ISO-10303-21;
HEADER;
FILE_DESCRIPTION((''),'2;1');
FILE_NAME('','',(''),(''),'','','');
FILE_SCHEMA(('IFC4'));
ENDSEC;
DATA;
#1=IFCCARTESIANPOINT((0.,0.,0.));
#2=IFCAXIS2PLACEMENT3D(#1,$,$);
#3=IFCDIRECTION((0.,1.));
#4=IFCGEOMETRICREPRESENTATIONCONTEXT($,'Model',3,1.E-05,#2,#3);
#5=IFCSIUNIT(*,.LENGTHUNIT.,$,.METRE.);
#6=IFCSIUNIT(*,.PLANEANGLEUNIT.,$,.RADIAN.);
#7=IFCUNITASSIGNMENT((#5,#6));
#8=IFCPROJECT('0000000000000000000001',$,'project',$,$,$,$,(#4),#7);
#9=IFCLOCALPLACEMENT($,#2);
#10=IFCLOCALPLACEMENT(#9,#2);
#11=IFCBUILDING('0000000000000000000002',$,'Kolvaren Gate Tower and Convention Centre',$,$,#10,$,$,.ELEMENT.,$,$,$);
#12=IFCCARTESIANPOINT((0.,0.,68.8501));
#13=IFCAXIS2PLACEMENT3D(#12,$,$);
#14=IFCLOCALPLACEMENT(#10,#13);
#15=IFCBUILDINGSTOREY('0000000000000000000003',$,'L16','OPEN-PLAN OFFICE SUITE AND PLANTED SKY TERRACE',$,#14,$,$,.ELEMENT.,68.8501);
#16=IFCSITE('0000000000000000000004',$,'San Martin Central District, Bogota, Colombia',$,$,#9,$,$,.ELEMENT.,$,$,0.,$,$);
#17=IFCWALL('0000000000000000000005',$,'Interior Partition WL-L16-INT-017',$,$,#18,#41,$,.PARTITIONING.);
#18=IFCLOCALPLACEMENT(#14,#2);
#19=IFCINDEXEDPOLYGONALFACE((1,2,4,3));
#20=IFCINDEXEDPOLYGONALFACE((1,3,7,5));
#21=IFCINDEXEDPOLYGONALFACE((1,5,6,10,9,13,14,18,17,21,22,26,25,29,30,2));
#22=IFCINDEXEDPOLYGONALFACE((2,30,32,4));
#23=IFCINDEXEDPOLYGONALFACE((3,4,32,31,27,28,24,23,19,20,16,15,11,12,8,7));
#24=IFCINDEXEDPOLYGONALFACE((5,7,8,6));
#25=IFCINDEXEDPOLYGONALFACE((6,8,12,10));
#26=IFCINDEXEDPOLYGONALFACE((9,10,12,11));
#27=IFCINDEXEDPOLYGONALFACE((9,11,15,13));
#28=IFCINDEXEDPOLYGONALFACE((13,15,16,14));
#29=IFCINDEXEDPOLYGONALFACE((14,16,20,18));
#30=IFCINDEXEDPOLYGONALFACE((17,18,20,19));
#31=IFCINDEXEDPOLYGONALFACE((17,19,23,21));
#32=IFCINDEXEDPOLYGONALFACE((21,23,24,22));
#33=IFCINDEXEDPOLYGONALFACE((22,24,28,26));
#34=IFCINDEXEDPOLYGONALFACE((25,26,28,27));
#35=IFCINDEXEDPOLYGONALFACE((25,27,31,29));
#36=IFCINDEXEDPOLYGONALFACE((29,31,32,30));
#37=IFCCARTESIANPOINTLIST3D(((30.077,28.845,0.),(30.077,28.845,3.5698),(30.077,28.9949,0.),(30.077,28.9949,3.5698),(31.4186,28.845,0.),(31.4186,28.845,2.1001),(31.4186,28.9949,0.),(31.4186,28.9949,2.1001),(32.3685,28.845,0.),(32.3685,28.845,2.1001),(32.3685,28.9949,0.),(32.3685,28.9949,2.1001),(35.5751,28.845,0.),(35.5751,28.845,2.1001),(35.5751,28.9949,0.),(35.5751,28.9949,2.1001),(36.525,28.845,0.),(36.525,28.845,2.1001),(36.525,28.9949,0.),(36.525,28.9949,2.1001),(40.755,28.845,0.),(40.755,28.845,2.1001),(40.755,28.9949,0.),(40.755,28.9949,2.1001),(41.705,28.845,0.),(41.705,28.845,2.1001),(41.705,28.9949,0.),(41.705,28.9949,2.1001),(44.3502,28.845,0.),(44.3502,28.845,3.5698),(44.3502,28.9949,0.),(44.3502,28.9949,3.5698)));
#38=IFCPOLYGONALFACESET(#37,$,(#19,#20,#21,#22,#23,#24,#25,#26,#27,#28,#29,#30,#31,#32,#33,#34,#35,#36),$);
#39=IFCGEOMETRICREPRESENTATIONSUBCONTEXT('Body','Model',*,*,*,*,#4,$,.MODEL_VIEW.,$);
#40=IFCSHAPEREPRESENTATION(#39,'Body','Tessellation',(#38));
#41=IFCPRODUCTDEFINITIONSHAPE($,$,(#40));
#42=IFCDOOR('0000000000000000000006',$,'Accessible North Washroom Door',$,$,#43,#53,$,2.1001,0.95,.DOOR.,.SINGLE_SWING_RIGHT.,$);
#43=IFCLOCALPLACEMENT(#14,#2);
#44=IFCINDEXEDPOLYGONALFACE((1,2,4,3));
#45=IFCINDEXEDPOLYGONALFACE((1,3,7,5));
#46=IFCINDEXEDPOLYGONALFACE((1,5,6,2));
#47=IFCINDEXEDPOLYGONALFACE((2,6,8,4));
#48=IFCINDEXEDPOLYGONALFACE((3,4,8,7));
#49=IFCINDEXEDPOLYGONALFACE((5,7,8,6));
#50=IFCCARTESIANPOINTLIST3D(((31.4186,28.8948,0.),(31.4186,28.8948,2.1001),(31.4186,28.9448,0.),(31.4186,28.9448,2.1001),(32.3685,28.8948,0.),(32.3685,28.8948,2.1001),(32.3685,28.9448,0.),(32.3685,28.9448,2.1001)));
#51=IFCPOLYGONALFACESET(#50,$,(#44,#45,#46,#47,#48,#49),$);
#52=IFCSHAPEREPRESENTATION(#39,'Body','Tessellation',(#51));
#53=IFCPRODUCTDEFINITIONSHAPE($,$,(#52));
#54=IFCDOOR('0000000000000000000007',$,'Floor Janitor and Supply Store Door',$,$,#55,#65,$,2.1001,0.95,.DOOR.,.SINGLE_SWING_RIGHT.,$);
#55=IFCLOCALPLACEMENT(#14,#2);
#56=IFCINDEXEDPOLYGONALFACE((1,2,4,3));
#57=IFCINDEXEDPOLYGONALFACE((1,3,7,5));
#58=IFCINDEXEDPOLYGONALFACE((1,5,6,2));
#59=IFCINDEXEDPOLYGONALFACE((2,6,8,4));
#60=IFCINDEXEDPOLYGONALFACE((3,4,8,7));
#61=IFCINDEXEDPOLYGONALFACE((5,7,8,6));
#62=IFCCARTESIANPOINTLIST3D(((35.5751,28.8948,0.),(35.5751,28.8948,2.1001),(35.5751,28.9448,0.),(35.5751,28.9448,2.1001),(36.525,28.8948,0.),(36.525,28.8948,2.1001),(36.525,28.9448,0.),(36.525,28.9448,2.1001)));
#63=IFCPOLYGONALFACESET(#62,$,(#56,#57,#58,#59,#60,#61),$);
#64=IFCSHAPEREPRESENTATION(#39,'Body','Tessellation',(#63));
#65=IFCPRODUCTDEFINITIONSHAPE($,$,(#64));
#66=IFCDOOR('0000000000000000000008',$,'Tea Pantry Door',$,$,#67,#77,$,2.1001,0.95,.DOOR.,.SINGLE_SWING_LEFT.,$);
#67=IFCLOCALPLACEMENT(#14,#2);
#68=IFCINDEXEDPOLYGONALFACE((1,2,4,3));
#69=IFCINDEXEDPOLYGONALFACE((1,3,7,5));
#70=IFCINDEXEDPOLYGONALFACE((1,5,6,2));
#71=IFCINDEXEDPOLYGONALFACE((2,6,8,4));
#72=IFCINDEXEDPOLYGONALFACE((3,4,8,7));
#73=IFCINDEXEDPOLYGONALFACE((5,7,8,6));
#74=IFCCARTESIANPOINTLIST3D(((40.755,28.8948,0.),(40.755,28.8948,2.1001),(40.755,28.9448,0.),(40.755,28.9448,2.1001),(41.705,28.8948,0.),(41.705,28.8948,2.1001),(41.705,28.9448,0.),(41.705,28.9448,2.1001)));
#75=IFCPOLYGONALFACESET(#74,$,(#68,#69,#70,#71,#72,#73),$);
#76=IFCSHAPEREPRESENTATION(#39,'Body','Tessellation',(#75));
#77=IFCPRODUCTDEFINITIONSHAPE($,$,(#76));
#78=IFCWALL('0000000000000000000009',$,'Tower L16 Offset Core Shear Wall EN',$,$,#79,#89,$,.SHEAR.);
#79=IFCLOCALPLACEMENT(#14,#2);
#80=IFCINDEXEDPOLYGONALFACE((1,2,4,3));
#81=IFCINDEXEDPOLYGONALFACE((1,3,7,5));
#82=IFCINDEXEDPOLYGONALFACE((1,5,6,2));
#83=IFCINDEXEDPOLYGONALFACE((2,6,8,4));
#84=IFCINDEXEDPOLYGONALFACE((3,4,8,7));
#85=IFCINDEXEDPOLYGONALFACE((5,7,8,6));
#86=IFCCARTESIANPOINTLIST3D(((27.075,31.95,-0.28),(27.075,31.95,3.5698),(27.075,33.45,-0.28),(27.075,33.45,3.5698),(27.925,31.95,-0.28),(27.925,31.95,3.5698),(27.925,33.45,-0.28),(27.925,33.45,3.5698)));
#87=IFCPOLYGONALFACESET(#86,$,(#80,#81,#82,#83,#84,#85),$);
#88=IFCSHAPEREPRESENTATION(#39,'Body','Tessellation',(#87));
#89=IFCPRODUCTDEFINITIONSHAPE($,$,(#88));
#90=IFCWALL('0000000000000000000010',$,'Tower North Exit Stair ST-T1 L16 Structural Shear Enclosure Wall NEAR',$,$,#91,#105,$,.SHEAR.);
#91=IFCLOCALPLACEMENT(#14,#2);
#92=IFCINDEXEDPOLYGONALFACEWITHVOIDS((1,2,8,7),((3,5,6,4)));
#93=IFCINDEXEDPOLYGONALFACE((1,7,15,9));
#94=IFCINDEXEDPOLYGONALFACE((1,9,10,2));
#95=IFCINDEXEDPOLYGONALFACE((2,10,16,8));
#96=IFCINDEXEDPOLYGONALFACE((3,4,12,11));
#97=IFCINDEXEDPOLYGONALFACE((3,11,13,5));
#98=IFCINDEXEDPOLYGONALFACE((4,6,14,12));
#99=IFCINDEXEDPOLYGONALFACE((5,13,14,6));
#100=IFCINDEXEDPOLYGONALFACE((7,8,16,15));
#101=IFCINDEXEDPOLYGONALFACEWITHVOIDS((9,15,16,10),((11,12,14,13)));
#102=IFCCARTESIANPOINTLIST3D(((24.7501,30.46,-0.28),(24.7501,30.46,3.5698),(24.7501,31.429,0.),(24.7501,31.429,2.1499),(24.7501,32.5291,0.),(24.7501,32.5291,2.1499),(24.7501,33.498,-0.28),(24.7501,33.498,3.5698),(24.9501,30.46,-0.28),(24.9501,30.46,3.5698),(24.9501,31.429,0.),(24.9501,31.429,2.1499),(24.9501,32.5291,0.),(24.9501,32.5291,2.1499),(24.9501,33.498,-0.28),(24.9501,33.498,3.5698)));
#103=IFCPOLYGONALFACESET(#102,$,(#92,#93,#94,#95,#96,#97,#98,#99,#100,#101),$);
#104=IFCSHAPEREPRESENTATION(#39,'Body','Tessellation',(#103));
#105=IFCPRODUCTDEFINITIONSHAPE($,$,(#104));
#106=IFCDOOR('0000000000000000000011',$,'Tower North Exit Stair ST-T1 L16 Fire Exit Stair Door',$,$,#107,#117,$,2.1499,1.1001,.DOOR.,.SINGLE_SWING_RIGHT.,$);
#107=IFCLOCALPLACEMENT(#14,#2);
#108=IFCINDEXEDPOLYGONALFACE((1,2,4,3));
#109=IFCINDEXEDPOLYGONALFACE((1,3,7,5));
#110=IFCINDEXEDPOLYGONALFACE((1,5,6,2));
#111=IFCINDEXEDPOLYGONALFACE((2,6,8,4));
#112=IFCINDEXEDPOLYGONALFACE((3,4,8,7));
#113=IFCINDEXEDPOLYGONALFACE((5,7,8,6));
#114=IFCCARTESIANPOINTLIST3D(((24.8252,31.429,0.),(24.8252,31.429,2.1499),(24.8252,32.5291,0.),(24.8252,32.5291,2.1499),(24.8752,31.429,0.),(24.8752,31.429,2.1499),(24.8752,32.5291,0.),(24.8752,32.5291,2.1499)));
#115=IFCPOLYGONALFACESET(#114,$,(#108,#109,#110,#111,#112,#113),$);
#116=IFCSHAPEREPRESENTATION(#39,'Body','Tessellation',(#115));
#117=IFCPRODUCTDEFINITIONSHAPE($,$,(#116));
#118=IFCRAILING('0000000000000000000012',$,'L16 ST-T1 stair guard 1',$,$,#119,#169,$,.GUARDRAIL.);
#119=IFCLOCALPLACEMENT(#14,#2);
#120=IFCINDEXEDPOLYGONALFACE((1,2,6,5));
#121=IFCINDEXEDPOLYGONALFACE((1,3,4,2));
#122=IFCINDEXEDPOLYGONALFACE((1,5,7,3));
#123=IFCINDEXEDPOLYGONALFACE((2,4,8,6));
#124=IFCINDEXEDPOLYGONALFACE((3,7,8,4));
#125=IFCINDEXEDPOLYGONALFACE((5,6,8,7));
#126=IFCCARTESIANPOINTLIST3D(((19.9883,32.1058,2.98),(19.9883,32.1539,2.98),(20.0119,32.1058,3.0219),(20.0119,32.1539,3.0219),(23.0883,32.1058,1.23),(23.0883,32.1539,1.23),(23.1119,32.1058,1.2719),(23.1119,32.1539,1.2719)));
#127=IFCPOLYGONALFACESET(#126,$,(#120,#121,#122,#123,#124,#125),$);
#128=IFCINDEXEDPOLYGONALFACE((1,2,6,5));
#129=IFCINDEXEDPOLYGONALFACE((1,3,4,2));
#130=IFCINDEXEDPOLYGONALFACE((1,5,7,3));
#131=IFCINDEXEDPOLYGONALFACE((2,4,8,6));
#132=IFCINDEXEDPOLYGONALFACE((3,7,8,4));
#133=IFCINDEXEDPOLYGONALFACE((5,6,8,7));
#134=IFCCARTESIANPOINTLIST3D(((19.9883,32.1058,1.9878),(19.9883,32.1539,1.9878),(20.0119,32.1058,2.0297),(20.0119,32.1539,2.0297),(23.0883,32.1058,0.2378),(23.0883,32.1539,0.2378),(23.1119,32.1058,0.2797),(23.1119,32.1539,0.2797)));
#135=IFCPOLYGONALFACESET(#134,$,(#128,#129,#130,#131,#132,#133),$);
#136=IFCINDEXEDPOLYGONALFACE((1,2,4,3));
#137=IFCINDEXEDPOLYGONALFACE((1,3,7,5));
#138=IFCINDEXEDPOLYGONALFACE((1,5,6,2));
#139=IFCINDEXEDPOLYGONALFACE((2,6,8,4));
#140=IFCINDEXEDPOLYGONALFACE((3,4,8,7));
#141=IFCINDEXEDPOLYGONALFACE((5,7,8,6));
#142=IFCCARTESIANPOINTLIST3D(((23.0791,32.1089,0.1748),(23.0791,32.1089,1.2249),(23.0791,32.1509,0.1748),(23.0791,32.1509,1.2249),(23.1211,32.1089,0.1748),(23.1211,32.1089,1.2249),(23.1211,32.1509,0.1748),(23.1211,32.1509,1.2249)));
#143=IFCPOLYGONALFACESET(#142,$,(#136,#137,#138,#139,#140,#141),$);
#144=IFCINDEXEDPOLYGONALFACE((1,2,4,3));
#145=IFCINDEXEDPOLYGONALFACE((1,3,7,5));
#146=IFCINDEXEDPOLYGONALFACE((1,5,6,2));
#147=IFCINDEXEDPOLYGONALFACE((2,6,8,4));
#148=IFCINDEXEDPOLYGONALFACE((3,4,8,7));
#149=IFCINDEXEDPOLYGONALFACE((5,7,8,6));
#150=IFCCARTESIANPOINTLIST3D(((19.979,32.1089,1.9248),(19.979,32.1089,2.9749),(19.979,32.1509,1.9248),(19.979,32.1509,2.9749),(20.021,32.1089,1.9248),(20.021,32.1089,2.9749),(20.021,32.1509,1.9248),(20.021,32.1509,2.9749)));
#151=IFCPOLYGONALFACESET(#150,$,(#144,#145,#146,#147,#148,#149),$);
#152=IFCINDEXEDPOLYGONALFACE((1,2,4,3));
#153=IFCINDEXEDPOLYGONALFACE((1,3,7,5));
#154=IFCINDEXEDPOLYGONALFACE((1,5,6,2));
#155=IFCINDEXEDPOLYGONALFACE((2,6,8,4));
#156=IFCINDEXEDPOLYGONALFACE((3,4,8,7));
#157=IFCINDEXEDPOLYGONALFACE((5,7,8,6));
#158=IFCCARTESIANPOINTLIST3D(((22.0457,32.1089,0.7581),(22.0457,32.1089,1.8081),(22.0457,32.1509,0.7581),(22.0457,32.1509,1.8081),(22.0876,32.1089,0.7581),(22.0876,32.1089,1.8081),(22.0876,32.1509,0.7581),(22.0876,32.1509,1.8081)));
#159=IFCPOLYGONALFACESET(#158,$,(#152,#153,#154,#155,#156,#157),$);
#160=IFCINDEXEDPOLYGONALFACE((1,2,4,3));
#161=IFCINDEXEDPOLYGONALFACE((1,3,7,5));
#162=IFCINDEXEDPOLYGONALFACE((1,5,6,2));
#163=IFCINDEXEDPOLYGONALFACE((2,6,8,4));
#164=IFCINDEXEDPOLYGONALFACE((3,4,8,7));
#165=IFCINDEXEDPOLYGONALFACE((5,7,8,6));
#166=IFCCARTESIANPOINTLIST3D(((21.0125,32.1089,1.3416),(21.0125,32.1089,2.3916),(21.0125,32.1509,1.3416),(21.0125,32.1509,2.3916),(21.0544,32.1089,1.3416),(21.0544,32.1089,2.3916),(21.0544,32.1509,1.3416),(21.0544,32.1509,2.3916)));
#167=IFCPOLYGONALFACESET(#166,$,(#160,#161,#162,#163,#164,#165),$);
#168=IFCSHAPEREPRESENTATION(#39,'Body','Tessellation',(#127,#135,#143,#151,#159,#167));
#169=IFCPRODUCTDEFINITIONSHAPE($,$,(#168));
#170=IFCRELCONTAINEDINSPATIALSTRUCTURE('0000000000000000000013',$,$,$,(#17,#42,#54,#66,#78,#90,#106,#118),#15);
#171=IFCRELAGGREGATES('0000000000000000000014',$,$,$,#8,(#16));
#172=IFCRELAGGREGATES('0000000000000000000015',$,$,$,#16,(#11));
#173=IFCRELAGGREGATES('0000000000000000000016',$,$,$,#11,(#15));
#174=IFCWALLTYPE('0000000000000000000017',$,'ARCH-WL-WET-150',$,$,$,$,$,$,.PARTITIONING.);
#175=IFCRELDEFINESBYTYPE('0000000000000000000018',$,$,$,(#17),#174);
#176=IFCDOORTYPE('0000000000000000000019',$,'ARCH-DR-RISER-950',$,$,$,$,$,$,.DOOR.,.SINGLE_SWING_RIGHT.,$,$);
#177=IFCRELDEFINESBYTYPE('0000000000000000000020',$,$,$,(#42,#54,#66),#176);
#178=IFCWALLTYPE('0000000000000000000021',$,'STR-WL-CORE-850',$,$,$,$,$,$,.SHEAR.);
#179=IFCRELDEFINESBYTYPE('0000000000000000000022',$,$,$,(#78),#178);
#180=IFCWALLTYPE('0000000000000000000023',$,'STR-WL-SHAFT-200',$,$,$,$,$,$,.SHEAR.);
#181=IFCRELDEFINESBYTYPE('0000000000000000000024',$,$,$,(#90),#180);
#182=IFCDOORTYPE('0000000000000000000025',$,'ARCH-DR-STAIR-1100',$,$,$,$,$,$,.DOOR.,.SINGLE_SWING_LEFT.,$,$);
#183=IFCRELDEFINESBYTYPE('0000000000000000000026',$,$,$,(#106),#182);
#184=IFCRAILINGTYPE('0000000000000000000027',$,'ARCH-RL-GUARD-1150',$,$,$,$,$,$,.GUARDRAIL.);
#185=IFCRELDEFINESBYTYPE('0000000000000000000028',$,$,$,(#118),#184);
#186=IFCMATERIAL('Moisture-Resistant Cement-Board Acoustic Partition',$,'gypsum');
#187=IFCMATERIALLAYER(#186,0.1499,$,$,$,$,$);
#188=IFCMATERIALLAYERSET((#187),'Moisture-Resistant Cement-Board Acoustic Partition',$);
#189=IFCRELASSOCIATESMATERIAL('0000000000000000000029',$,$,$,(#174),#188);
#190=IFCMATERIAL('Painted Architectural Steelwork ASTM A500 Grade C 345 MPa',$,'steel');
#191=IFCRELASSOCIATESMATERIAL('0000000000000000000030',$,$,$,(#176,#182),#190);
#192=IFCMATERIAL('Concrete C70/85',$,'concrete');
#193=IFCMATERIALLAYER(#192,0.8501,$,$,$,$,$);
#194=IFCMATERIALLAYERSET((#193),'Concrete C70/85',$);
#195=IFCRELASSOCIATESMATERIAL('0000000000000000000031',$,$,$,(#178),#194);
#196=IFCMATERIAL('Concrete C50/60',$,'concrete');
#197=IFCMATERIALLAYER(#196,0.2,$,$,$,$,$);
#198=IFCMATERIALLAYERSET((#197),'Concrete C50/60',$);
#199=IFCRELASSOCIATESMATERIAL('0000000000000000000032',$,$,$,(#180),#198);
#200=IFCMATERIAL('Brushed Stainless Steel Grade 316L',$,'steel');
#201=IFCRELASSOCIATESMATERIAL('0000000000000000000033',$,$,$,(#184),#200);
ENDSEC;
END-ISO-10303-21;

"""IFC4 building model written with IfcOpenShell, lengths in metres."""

from ifc_helpers import new_model, si_unit, direction, frame, frame_2d, origin, origin_2d, place, context, subcontext, project, spatial, rectangle, extrude, material, layer, layer_set, type_object, element, fill, save


model = new_model("IFC4")

# Units and contexts
model_context = context("Model", 3, precision=1e-05, world=origin(), true_north=direction((0.0, 1.0)))
body_context = subcontext(model_context, "Body", "Model", "MODEL_VIEW")
ifc_project = project(units=[si_unit("LENGTHUNIT", "METRE"), si_unit("PLANEANGLEUNIT", "RADIAN")], contexts=[model_context])

# Site, building, storey
site_placement = place(None, origin())
site = spatial("IfcSite", under=ifc_project, at=site_placement, Name="San Martin Central District, Bogota, Colombia", CompositionType="ELEMENT", RefElevation=0.0)
building_placement = place(site_placement, origin())
building = spatial("IfcBuilding", under=site, at=building_placement, Name="Kolvaren Gate Tower and Convention Centre", CompositionType="ELEMENT")
storey_placement = place(building_placement, frame((0.0, 0.0, 68.8501)))
storey = spatial("IfcBuildingStorey", under=building, at=storey_placement, Name="L16", Description="OPEN-PLAN OFFICE SUITE AND PLANTED SKY TERRACE", CompositionType="ELEMENT", Elevation=68.8501)

# Shared definitions
ifc_material_1 = material(Name="Brushed Stainless Steel Grade 316L", Category="steel")

# Shared definitions
ifc_material_2 = material(Name="Moisture-Resistant Cement-Board Acoustic Partition", Category="gypsum")
ifc_layer_1 = layer(ifc_material_2, 0.1499)
ifc_layer_set_1 = layer_set([ifc_layer_1], Name="Moisture-Resistant Cement-Board Acoustic Partition")
wall_type_1 = type_object("IfcWallType", Name="ARCH-WL-WET-150", PredefinedType="PARTITIONING", material=ifc_layer_set_1)

# Wall, openings, doors
wall_1_placement = place(storey_placement, frame((30.0769, 28.9199, 0.0), z_axis=(0.0, 0.0, 1.0), x_axis=(1.0, 0.0, 0.0)))
wall_1 = element("IfcWall", 1, at=wall_1_placement, inside=storey, type_object=wall_type_1, Name="Interior Partition WL-L16-INT-017", PredefinedType="PARTITIONING", context=body_context, shape_type="SweptSolid", body=[
    extrude(rectangle(XDim=14.2732, YDim=0.1499, at=frame_2d((7.1367, 0.0))), origin(), (0.0, 0.0, 1.0), 3.5698),
])
opening_1_placement = place(wall_1_placement, frame((1.3416, 0.0, 0.0)))
opening_1 = element("IfcOpeningElement", 2, at=opening_1_placement, cuts=wall_1, PredefinedType="OPENING", context=body_context, shape_type="SweptSolid", body=[
    extrude(rectangle(XDim=0.95, YDim=2.1001, at=frame_2d((0.4751, 1.05))), frame((0.0, 0.085, 0.0), z_axis=(0.0, -1.0, 0.0), x_axis=(1.0, 0.0, 0.0)), (0.0, 0.0, 1.0), 0.1699),
])
opening_2_placement = place(wall_1_placement, frame((5.498, 0.0, 0.0)))
opening_2 = element("IfcOpeningElement", 3, at=opening_2_placement, cuts=wall_1, PredefinedType="OPENING", context=body_context, shape_type="SweptSolid", body=[
    extrude(rectangle(XDim=0.95, YDim=2.1001, at=frame_2d((0.4751, 1.05))), frame((0.0, 0.085, 0.0), z_axis=(0.0, -1.0, 0.0), x_axis=(1.0, 0.0, 0.0)), (0.0, 0.0, 1.0), 0.1699),
])
opening_3_placement = place(wall_1_placement, frame((10.678, 0.0, 0.0)))
opening_3 = element("IfcOpeningElement", 4, at=opening_3_placement, cuts=wall_1, PredefinedType="OPENING", context=body_context, shape_type="SweptSolid", body=[
    extrude(rectangle(XDim=0.95, YDim=2.1001, at=frame_2d((0.4751, 1.05))), frame((0.0, 0.085, 0.0), z_axis=(0.0, -1.0, 0.0), x_axis=(1.0, 0.0, 0.0)), (0.0, 0.0, 1.0), 0.1699),
])
ifc_material_3 = material(Name="Painted Architectural Steelwork ASTM A500 Grade C 345 MPa", Category="steel")
door_type_1 = type_object("IfcDoorType", Name="ARCH-DR-RISER-950", OperationType="SINGLE_SWING_RIGHT", PredefinedType="DOOR", material=ifc_material_3)
door_1_placement = place(opening_1_placement, origin())
door_1 = element("IfcDoor", 5, at=door_1_placement, inside=storey, type_object=door_type_1, Name="Accessible North Washroom Door", OperationType="SINGLE_SWING_RIGHT", OverallHeight=2.1001, OverallWidth=0.95, PredefinedType="DOOR", context=body_context, shape_type="SweptSolid", body=[
    extrude(rectangle(XDim=0.95, YDim=2.1001, at=frame_2d((0.4751, 1.05))), frame((0.0, 0.0249, 0.0), z_axis=(0.0, -1.0, 0.0), x_axis=(1.0, 0.0, 0.0)), (0.0, 0.0, 1.0), 0.05),
])
fill(opening_1, door_1)
door_2_placement = place(opening_2_placement, origin())
door_2 = element("IfcDoor", 6, at=door_2_placement, inside=storey, type_object=door_type_1, Name="Floor Janitor and Supply Store Door", OperationType="SINGLE_SWING_RIGHT", OverallHeight=2.1001, OverallWidth=0.95, PredefinedType="DOOR", context=body_context, shape_type="SweptSolid", body=[
    extrude(rectangle(XDim=0.95, YDim=2.1001, at=frame_2d((0.4751, 1.05))), frame((0.0, 0.0249, 0.0), z_axis=(0.0, -1.0, 0.0), x_axis=(1.0, 0.0, 0.0)), (0.0, 0.0, 1.0), 0.05),
])
fill(opening_2, door_2)
door_3_placement = place(opening_3_placement, origin())
door_3 = element("IfcDoor", 7, at=door_3_placement, inside=storey, type_object=door_type_1, Name="Tea Pantry Door", OperationType="SINGLE_SWING_LEFT", OverallHeight=2.1001, OverallWidth=0.95, PredefinedType="DOOR", context=body_context, shape_type="SweptSolid", body=[
    extrude(rectangle(XDim=0.95, YDim=2.1001, at=frame_2d((0.4751, 1.05))), frame((0.0, 0.0249, 0.0), z_axis=(0.0, -1.0, 0.0), x_axis=(1.0, 0.0, 0.0)), (0.0, 0.0, 1.0), 0.05),
])
fill(opening_3, door_3)

# Wall
ifc_material_4 = material(Name="Concrete C70/85", Category="concrete")
ifc_layer_2 = layer(ifc_material_4, 0.8501)
ifc_layer_set_2 = layer_set([ifc_layer_2], Name="Concrete C70/85")
wall_type_2 = type_object("IfcWallType", Name="STR-WL-CORE-850", PredefinedType="SHEAR", material=ifc_layer_set_2)
wall_2_placement = place(storey_placement, frame((27.5, 31.95, -0.28), z_axis=(0.0, 0.0, 1.0), x_axis=(0.0, 1.0, 0.0)))
element("IfcWall", 8, at=wall_2_placement, inside=storey, type_object=wall_type_2, Name="Tower L16 Offset Core Shear Wall EN", PredefinedType="SHEAR", context=body_context, shape_type="SweptSolid", body=[
    extrude(rectangle(XDim=1.5, YDim=0.8501, at=frame_2d((0.75, 0.0))), origin(), (0.0, 0.0, 1.0), 3.8499),
])

# Wall, opening, door
ifc_material_5 = material(Name="Concrete C50/60", Category="concrete")
ifc_layer_3 = layer(ifc_material_5, 0.2)
ifc_layer_set_3 = layer_set([ifc_layer_3], Name="Concrete C50/60")
wall_type_3 = type_object("IfcWallType", Name="STR-WL-SHAFT-200", PredefinedType="SHEAR", material=ifc_layer_set_3)
wall_3_placement = place(storey_placement, frame((24.8501, 30.46, -0.28), z_axis=(0.0, 0.0, 1.0), x_axis=(0.0, 1.0, 0.0)))
wall_3 = element("IfcWall", 9, at=wall_3_placement, inside=storey, type_object=wall_type_3, Name="Tower North Exit Stair ST-T1 L16 Structural Shear Enclosure Wall NEAR", PredefinedType="SHEAR", context=body_context, shape_type="SweptSolid", body=[
    extrude(rectangle(XDim=3.0381, YDim=0.2, at=frame_2d((1.519, 0.0))), origin(), (0.0, 0.0, 1.0), 3.8499),
])
opening_4_placement = place(wall_3_placement, frame((0.969, 0.0, 0.28)))
opening_4 = element("IfcOpeningElement", 10, at=opening_4_placement, cuts=wall_3, PredefinedType="OPENING", context=body_context, shape_type="SweptSolid", body=[
    extrude(rectangle(XDim=1.1001, YDim=2.1499, at=frame_2d((0.55, 1.075))), frame((0.0, 0.1099, 0.0), z_axis=(0.0, -1.0, 0.0), x_axis=(1.0, 0.0, 0.0)), (0.0, 0.0, 1.0), 0.22),
])
door_type_2 = type_object("IfcDoorType", Name="ARCH-DR-STAIR-1100", OperationType="SINGLE_SWING_LEFT", PredefinedType="DOOR", material=ifc_material_3)
door_4_placement = place(opening_4_placement, origin())
door_4 = element("IfcDoor", 11, at=door_4_placement, inside=storey, type_object=door_type_2, Name="Tower North Exit Stair ST-T1 L16 Fire Exit Stair Door", OperationType="SINGLE_SWING_RIGHT", OverallHeight=2.1499, OverallWidth=1.1001, PredefinedType="DOOR", context=body_context, shape_type="SweptSolid", body=[
    extrude(rectangle(XDim=1.1001, YDim=2.1499, at=frame_2d((0.55, 1.075))), frame((0.0, 0.0249, 0.0), z_axis=(0.0, -1.0, 0.0), x_axis=(1.0, 0.0, 0.0)), (0.0, 0.0, 1.0), 0.05),
])
fill(opening_4, door_4)

# Railing
railing_type = type_object("IfcRailingType", Name="ARCH-RL-GUARD-1150", PredefinedType="GUARDRAIL", material=ifc_material_1)
railing_1_placement = place(storey_placement, frame((23.1001, 32.1299, 0.1748)))
element("IfcRailing", 12, at=railing_1_placement, inside=storey, type_object=railing_type, Name="L16 ST-T1 stair guard 1", PredefinedType="GUARDRAIL", context=body_context, shape_type="SweptSolid", body=[
    extrude(rectangle(XDim=0.0481, YDim=0.0481, at=origin_2d()), frame((0.0, 0.0, 1.0762), z_axis=(-0.870831, 0.0, 0.491583), x_axis=(0.0, -1.0, 0.0)), (0.0, 0.0, 1.0), 3.5598),
    extrude(rectangle(XDim=0.0481, YDim=0.0481, at=origin_2d()), frame((0.0, 0.0, 0.084), z_axis=(-0.870831, 0.0, 0.491583), x_axis=(0.0, -1.0, 0.0)), (0.0, 0.0, 1.0), 3.5598),
    extrude(rectangle(XDim=0.042, YDim=0.042, at=origin_2d()), origin(), (0.0, 0.0, 1.0), 1.05),
    extrude(rectangle(XDim=0.042, YDim=0.042, at=origin_2d()), frame((-3.1001, 0.0, 1.75)), (0.0, 0.0, 1.0), 1.05),
    extrude(rectangle(XDim=0.042, YDim=0.042, at=origin_2d()), frame((-1.0334, 0.0, 0.5833)), (0.0, 0.0, 1.0), 1.05),
    extrude(rectangle(XDim=0.042, YDim=0.042, at=origin_2d()), frame((-2.0667, 0.0, 1.1667)), (0.0, 0.0, 1.0), 1.05),
])

save(model, "model.ifc")
